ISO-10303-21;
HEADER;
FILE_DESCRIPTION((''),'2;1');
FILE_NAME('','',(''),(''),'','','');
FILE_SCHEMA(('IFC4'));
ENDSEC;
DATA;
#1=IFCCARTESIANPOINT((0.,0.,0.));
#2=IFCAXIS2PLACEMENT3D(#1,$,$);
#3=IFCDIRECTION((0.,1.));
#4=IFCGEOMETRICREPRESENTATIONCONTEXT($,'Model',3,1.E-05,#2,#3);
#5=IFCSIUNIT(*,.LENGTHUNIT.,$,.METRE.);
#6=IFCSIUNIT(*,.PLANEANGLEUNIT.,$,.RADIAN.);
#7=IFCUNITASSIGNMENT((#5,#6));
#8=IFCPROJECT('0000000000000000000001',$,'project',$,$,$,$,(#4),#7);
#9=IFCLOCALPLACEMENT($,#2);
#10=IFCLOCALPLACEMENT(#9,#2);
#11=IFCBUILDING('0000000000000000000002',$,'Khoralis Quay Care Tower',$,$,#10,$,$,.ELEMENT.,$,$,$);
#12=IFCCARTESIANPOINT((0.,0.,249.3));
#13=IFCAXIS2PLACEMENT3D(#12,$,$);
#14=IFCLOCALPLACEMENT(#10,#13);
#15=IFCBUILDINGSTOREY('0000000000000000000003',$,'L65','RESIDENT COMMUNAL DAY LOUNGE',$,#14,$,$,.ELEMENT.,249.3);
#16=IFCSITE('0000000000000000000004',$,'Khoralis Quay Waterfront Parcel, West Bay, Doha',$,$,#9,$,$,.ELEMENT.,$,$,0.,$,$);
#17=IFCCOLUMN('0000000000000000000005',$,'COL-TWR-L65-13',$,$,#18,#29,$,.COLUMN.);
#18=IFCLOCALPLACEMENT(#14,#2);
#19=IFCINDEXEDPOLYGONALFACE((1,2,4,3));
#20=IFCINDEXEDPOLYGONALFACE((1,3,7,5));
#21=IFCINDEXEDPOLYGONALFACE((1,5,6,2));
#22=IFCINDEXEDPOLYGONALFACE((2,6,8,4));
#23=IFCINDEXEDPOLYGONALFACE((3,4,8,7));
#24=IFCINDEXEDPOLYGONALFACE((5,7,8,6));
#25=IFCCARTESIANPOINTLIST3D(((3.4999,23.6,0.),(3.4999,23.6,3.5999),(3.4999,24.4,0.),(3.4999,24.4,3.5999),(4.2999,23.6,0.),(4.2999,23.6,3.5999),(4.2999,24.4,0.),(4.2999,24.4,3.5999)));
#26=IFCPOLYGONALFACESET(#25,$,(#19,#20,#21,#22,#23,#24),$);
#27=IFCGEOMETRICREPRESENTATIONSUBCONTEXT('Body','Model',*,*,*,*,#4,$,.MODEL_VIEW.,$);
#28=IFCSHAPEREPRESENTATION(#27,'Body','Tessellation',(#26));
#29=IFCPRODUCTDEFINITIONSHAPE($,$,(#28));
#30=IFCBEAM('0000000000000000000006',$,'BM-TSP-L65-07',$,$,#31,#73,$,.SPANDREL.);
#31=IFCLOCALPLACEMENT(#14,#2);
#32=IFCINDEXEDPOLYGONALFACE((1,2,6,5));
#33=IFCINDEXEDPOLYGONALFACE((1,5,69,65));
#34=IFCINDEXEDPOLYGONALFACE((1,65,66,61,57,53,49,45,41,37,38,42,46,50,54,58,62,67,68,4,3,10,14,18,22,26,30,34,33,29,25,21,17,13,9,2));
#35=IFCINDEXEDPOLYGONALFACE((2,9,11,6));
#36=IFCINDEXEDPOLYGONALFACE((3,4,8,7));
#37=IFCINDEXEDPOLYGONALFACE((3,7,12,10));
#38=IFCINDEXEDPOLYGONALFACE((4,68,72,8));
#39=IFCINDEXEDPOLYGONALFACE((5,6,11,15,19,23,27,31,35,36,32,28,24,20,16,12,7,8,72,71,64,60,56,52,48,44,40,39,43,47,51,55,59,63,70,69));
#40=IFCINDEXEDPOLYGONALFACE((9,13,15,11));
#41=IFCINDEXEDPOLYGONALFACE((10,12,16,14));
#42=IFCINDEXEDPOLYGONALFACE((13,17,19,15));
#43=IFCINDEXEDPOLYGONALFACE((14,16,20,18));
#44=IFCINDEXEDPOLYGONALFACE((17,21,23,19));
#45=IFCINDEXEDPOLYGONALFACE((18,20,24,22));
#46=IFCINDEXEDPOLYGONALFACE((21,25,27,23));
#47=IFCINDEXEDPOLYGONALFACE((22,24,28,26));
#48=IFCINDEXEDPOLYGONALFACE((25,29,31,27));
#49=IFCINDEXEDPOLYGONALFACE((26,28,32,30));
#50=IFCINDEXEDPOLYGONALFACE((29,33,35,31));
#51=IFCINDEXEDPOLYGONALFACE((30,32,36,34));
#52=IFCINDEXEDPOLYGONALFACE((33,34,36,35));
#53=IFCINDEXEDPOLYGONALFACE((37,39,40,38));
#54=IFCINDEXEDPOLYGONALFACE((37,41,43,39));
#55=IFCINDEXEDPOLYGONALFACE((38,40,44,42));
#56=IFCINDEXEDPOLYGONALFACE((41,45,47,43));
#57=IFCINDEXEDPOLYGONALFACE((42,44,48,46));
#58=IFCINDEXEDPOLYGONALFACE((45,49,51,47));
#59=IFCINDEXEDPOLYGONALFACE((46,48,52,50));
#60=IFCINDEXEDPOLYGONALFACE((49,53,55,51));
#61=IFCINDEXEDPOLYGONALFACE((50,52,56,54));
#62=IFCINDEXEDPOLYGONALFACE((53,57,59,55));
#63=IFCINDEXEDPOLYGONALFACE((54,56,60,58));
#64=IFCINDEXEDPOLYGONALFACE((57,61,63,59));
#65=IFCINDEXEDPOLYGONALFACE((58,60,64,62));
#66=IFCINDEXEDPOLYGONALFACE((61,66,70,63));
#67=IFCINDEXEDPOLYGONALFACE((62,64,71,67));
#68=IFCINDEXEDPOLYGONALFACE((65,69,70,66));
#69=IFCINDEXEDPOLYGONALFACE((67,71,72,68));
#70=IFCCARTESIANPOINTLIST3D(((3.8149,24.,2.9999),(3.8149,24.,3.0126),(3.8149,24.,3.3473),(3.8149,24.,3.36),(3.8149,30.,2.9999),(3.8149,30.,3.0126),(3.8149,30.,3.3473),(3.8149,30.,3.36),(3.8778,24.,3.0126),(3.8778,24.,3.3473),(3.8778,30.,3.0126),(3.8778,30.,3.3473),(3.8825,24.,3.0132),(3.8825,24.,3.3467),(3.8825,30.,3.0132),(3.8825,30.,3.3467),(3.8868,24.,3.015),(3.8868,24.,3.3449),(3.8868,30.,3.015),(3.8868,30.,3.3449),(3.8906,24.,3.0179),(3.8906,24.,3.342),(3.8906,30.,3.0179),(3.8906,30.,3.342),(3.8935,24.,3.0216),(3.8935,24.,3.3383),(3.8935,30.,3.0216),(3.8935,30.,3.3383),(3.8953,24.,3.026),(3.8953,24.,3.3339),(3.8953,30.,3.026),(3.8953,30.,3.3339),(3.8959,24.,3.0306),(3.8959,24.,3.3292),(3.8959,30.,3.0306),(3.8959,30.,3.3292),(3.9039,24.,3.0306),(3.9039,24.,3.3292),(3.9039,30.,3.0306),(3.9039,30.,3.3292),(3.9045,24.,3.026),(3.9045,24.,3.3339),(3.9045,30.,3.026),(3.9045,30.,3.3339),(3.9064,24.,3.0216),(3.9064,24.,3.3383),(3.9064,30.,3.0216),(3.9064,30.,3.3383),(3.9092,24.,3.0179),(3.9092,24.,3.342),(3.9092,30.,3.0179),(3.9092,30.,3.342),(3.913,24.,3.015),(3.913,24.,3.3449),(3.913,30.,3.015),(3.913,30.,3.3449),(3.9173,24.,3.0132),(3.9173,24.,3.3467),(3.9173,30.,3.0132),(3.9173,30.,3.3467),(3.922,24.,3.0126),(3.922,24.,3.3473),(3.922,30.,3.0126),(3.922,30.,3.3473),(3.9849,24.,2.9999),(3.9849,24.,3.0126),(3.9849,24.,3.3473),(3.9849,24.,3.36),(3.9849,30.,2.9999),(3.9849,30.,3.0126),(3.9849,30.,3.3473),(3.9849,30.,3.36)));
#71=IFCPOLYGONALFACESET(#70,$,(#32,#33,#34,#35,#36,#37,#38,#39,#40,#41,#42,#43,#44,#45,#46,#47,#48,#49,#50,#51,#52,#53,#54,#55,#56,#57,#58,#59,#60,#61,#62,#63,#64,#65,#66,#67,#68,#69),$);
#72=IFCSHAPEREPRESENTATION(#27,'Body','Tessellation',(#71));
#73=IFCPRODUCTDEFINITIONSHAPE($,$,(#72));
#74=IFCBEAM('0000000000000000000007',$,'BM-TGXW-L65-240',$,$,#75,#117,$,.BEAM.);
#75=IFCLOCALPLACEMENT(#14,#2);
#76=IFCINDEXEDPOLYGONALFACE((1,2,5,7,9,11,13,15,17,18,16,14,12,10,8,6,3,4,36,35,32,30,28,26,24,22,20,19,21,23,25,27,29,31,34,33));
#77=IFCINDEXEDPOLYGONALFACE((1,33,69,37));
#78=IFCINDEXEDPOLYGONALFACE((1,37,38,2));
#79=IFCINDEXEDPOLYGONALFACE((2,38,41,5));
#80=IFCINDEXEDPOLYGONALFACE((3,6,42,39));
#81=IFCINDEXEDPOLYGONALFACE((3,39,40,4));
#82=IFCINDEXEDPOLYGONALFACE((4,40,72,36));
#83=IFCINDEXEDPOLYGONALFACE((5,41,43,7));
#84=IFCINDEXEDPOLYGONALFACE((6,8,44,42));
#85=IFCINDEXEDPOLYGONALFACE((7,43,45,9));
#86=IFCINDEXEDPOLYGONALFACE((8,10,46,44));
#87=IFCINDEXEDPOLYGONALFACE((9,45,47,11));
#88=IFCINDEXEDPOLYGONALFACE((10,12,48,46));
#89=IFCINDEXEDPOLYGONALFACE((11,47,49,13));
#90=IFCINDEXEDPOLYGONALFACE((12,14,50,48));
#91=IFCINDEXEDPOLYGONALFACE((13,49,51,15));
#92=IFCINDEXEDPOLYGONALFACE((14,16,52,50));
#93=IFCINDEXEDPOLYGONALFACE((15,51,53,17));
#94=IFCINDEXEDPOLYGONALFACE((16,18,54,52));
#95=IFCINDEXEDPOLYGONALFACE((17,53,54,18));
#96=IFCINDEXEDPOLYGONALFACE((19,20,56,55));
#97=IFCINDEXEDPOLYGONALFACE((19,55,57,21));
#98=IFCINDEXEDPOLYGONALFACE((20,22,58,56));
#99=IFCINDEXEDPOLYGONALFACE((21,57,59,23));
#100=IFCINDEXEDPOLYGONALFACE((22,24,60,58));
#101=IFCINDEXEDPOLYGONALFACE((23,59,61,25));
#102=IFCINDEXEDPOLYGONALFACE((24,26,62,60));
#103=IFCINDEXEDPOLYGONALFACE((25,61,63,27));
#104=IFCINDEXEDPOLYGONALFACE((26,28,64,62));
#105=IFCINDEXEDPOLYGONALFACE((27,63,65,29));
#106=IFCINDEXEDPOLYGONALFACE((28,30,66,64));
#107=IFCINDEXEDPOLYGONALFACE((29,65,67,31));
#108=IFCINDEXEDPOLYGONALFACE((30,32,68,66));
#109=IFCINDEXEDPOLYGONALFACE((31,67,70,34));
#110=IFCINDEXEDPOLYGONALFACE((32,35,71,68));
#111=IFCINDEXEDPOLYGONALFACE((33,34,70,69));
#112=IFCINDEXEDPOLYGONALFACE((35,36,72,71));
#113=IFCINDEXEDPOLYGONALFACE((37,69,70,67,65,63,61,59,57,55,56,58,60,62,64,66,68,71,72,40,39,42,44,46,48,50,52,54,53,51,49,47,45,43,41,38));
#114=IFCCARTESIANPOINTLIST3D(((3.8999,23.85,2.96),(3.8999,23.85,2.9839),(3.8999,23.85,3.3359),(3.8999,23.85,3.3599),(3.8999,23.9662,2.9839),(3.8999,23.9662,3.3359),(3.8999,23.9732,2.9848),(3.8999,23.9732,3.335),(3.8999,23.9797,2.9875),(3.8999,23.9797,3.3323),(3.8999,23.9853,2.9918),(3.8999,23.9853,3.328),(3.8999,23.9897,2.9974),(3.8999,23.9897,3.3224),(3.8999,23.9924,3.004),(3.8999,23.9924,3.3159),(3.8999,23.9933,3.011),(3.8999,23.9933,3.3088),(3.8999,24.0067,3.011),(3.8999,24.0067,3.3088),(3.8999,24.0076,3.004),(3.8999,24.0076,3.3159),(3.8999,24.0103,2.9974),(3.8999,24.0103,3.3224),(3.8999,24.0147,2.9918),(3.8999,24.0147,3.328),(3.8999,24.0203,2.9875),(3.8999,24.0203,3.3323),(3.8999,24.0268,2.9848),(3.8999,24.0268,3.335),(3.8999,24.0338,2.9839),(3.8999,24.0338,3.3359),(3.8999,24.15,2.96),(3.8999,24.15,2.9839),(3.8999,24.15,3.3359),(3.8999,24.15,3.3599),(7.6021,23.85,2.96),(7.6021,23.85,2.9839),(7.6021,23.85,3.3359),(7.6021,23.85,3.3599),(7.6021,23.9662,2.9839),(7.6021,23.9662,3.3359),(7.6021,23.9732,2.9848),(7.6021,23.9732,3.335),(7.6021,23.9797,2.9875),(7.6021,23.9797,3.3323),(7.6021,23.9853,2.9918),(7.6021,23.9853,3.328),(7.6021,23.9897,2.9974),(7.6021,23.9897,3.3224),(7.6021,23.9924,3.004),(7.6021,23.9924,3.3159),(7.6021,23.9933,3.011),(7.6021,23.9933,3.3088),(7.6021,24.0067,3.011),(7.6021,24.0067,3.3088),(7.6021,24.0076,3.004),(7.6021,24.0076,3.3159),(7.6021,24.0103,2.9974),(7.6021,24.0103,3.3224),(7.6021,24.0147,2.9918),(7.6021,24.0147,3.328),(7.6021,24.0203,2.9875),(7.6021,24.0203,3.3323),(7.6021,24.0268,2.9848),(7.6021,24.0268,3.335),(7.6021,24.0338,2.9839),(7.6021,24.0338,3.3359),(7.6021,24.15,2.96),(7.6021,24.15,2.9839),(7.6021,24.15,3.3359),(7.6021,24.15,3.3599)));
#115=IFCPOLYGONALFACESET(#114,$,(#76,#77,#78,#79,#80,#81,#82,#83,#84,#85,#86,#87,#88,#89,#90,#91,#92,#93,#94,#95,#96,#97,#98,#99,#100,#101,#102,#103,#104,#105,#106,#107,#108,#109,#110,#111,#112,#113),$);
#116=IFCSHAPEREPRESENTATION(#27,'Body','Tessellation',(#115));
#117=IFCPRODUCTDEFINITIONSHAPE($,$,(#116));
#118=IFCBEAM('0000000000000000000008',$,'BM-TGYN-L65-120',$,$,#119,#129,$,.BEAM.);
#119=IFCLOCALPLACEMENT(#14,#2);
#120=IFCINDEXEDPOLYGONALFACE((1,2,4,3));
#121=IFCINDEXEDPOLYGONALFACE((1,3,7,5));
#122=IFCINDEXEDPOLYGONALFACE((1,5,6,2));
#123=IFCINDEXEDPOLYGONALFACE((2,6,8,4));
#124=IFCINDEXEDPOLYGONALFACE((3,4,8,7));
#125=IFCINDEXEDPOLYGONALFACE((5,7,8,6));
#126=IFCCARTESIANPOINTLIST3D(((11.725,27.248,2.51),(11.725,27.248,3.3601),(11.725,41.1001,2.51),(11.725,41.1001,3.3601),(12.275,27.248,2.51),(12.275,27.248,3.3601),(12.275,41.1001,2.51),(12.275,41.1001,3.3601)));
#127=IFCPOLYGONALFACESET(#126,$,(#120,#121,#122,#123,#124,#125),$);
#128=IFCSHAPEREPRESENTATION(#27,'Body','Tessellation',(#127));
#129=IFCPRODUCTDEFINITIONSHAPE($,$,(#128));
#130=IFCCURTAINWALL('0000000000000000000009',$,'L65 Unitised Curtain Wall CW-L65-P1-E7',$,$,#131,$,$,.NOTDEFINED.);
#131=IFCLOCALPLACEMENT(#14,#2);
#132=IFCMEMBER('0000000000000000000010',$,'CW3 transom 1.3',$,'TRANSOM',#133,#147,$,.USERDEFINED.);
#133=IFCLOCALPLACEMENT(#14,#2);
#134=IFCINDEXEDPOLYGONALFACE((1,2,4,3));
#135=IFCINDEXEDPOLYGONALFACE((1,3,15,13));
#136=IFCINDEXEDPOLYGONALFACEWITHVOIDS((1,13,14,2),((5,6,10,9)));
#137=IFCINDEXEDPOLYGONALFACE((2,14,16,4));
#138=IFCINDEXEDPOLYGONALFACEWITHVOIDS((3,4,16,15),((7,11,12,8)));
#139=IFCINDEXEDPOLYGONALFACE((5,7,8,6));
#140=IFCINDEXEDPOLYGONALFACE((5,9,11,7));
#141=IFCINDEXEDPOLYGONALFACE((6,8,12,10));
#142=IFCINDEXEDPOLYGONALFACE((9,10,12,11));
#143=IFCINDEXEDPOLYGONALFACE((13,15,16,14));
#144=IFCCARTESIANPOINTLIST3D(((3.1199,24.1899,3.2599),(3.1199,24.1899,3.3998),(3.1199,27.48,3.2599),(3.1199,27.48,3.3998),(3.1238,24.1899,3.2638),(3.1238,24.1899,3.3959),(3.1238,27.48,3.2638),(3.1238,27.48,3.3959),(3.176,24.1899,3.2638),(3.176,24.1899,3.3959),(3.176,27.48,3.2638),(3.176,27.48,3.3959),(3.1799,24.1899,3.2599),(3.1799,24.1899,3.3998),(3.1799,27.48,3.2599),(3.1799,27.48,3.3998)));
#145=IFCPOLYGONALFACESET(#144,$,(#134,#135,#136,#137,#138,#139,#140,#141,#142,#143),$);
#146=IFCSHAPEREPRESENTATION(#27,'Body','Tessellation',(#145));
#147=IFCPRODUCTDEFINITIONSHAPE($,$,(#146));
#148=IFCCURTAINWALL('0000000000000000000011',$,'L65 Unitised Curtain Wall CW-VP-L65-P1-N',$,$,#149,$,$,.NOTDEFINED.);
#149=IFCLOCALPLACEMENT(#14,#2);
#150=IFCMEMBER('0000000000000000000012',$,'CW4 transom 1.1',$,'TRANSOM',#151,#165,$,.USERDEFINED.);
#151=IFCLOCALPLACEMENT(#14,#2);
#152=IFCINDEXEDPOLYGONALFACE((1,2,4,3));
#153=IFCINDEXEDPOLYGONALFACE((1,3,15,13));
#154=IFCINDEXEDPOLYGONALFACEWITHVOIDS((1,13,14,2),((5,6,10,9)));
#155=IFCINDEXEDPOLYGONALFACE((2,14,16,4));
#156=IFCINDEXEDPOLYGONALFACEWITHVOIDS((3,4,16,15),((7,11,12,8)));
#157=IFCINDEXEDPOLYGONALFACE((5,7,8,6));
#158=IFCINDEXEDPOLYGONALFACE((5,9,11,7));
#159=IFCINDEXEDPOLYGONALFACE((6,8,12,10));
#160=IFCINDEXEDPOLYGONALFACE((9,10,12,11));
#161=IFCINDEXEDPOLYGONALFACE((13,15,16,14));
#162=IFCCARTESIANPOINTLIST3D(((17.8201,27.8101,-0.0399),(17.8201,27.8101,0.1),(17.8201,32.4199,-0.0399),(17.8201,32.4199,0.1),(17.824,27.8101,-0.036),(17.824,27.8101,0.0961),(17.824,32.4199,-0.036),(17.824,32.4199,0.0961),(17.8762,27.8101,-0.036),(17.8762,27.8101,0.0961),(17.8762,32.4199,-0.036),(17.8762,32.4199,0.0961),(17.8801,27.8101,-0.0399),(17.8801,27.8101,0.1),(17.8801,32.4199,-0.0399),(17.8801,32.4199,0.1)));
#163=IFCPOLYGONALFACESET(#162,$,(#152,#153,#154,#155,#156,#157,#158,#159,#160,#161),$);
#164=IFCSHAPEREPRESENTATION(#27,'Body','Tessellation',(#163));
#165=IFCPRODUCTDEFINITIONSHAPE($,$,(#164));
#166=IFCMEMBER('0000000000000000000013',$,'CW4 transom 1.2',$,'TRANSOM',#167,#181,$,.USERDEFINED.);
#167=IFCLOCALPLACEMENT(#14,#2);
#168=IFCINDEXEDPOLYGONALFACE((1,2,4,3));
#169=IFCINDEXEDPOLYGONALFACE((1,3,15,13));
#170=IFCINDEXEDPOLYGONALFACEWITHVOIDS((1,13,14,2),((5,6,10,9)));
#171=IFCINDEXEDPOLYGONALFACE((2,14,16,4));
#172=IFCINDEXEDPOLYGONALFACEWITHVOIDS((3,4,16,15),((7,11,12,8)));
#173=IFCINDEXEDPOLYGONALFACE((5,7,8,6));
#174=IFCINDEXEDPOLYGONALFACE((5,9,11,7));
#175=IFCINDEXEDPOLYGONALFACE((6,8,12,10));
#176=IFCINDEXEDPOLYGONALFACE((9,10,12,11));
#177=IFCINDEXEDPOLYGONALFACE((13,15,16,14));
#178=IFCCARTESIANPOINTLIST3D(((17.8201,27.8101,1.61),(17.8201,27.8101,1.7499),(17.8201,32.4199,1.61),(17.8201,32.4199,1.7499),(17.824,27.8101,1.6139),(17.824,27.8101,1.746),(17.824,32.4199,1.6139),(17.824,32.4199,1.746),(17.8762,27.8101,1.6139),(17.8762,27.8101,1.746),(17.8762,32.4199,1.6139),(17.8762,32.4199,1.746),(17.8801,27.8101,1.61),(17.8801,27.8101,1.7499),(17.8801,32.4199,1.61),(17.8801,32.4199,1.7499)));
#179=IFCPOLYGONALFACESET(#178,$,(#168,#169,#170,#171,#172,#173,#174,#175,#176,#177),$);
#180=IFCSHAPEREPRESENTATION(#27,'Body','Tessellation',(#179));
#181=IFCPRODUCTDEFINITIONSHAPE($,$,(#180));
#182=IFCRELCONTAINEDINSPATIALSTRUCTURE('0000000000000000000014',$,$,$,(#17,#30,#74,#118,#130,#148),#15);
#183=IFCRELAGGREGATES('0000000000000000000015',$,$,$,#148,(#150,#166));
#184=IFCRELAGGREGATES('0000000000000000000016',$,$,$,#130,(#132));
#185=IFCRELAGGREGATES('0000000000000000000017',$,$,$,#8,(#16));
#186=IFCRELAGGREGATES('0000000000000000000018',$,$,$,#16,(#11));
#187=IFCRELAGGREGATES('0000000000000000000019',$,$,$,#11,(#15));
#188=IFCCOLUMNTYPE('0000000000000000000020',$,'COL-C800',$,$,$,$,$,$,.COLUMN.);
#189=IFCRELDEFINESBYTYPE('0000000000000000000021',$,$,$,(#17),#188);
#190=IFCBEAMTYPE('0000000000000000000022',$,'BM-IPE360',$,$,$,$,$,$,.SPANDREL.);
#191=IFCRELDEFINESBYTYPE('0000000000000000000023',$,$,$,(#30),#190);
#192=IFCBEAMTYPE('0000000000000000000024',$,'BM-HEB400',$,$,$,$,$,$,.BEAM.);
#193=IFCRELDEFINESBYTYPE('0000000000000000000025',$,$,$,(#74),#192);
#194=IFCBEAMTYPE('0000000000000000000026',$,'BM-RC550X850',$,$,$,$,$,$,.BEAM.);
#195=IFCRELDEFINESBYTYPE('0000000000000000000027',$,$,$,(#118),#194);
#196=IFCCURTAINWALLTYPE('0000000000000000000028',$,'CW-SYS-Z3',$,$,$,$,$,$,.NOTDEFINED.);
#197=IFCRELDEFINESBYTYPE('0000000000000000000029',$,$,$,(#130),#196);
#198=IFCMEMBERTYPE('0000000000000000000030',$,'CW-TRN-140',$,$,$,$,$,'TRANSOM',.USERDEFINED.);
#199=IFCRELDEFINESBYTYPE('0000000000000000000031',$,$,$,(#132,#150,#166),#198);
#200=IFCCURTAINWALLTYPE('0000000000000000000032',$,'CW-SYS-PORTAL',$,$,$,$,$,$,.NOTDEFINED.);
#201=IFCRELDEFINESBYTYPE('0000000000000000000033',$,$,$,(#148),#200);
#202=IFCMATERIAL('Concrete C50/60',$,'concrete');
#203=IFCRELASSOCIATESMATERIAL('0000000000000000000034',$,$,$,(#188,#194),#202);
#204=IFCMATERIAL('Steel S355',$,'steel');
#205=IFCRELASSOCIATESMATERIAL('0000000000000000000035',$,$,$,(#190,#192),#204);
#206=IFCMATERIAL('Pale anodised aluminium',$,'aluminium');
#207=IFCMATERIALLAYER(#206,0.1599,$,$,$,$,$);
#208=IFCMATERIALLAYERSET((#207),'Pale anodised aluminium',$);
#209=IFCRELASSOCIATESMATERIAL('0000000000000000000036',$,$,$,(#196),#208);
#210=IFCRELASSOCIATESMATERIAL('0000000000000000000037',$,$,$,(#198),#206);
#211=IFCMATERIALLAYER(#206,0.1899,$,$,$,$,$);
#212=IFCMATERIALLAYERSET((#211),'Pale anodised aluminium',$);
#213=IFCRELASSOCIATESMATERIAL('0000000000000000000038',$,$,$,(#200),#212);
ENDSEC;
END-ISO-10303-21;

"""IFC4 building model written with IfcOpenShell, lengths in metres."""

from ifc_helpers import new_model, si_unit, direction, frame, origin, origin_2d, place, context, subcontext, project, spatial, rectangle, hollow_rectangle, i_section, extrude, source, transform, mapped, material, layer, layer_set, material_profile, profile_set, type_object, element, aggregate, save


model = new_model("IFC4")

# Units and contexts
model_context = context("Model", 3, precision=1e-05, world=origin(), true_north=direction((0.0, 1.0)))
body_context = subcontext(model_context, "Body", "Model", "MODEL_VIEW")
ifc_project = project(units=[si_unit("LENGTHUNIT", "METRE"), si_unit("PLANEANGLEUNIT", "RADIAN")], contexts=[model_context])

# Site, building, storey
site_placement = place(None, origin())
site = spatial("IfcSite", under=ifc_project, at=site_placement, Name="Khoralis Quay Waterfront Parcel, West Bay, Doha", CompositionType="ELEMENT", RefElevation=0.0)
building_placement = place(site_placement, origin())
building = spatial("IfcBuilding", under=site, at=building_placement, Name="Khoralis Quay Care Tower", CompositionType="ELEMENT")
storey_placement = place(building_placement, frame((0.0, 0.0, 249.3)))
storey = spatial("IfcBuildingStorey", under=building, at=storey_placement, Name="L65", Description="RESIDENT COMMUNAL DAY LOUNGE", CompositionType="ELEMENT", Elevation=249.3)

# Column
ifc_material_1 = material(Name="Concrete C50/60", Category="concrete")
ifc_material_profile_1 = material_profile(ifc_material_1, rectangle(XDim=0.8, YDim=0.8, at=origin_2d()), Name="Concrete C50/60")
ifc_profile_set_1 = profile_set([ifc_material_profile_1], Name="Concrete C50/60")
column_type = type_object("IfcColumnType", Name="COL-C800", PredefinedType="COLUMN", material=ifc_profile_set_1)
shared_shape_1 = source(origin(), body_context, "Body", "SweptSolid", [
    extrude(rectangle(XDim=0.8, YDim=0.8, at=origin_2d()), origin(), (0.0, 0.0, 1.0), 3.5999),
])
column_placement = place(storey_placement, frame((3.8999, 24.0, 0.0), z_axis=(0.0, 0.0, 1.0), x_axis=(1.0, 0.0, 0.0)))
element("IfcColumn", 1, at=column_placement, inside=storey, type_object=column_type, Name="COL-TWR-L65-13", PredefinedType="COLUMN", context=body_context, shape_type="MappedRepresentation", body=[
    mapped(shared_shape_1, transform((0.0, 0.0, 0.0), scale=1.0)),
])

# Beams
ifc_material_2 = material(Name="Steel S355", Category="steel")
ifc_material_profile_2 = material_profile(ifc_material_2, i_section(OverallWidth=0.1699, OverallDepth=0.3601, WebThickness=0.0081, FlangeThickness=0.0127, FilletRadius=0.0181, at=origin_2d()), Name="Steel S355")
ifc_profile_set_2 = profile_set([ifc_material_profile_2], Name="Steel S355")
beam_type_1 = type_object("IfcBeamType", Name="BM-IPE360", PredefinedType="SPANDREL", material=ifc_profile_set_2)
shared_shape_2 = source(origin(), body_context, "Body", "SweptSolid", [
    extrude(i_section(OverallWidth=0.1699, OverallDepth=0.3601, WebThickness=0.0081, FlangeThickness=0.0127, FilletRadius=0.0181, at=origin_2d()), origin(), (0.0, 0.0, 1.0), 6.0),
])
beam_1_placement = place(storey_placement, frame((3.8999, 24.0, 3.1799), z_axis=(0.0, 1.0, 0.0), x_axis=(-1.0, 0.0, 0.0)))
element("IfcBeam", 2, at=beam_1_placement, inside=storey, type_object=beam_type_1, Name="BM-TSP-L65-07", PredefinedType="SPANDREL", context=body_context, shape_type="MappedRepresentation", body=[
    mapped(shared_shape_2, transform((0.0, 0.0, 0.0), scale=1.0)),
])
ifc_material_profile_3 = material_profile(ifc_material_2, i_section(OverallWidth=0.3, OverallDepth=0.3999, WebThickness=0.0134, FlangeThickness=0.0239, FilletRadius=0.0271, at=origin_2d()), Name="Steel S355")
ifc_profile_set_3 = profile_set([ifc_material_profile_3], Name="Steel S355")
beam_type_2 = type_object("IfcBeamType", Name="BM-HEB400", PredefinedType="BEAM", material=ifc_profile_set_3)
shared_shape_3 = source(origin(), body_context, "Body", "SweptSolid", [
    extrude(i_section(OverallWidth=0.3, OverallDepth=0.3999, WebThickness=0.0134, FlangeThickness=0.0239, FilletRadius=0.0271, at=origin_2d()), origin(), (0.0, 0.0, 1.0), 3.7021),
])
beam_2_placement = place(storey_placement, frame((3.8999, 24.0, 3.1599), z_axis=(1.0, 0.0, 0.0), x_axis=(0.0, 1.0, 0.0)))
element("IfcBeam", 3, at=beam_2_placement, inside=storey, type_object=beam_type_2, Name="BM-TGXW-L65-240", PredefinedType="BEAM", context=body_context, shape_type="MappedRepresentation", body=[
    mapped(shared_shape_3, transform((0.0, 0.0, 0.0), scale=1.0)),
])
ifc_material_profile_4 = material_profile(ifc_material_1, rectangle(XDim=0.55, YDim=0.8501, at=origin_2d()), Name="Concrete C50/60")
ifc_profile_set_4 = profile_set([ifc_material_profile_4], Name="Concrete C50/60")
beam_type_3 = type_object("IfcBeamType", Name="BM-RC550X850", PredefinedType="BEAM", material=ifc_profile_set_4)
shared_shape_4 = source(origin(), body_context, "Body", "SweptSolid", [
    extrude(rectangle(XDim=0.55, YDim=0.8501, at=origin_2d()), origin(), (0.0, 0.0, 1.0), 13.8521),
])
beam_3_placement = place(storey_placement, frame((12.0, 27.248, 2.9351), z_axis=(0.0, 1.0, 0.0), x_axis=(-1.0, 0.0, 0.0)))
element("IfcBeam", 4, at=beam_3_placement, inside=storey, type_object=beam_type_3, Name="BM-TGYN-L65-120", PredefinedType="BEAM", context=body_context, shape_type="MappedRepresentation", body=[
    mapped(shared_shape_4, transform((0.0, 0.0, 0.0), scale=1.0)),
])

# Curtain wall, member
ifc_material_3 = material(Name="Pale anodised aluminium", Category="aluminium")
ifc_layer_1 = layer(ifc_material_3, 0.1599)
ifc_layer_set_1 = layer_set([ifc_layer_1], Name="Pale anodised aluminium")
curtain_wall_type_1 = type_object("IfcCurtainWallType", Name="CW-SYS-Z3", PredefinedType="NOTDEFINED", material=ifc_layer_set_1)
curtain_wall_1_placement = place(storey_placement, origin())
curtain_wall_1 = element("IfcCurtainWall", 5, at=curtain_wall_1_placement, inside=storey, type_object=curtain_wall_type_1, Name="L65 Unitised Curtain Wall CW-L65-P1-E7", PredefinedType="NOTDEFINED")
ifc_material_profile_5 = material_profile(ifc_material_3, hollow_rectangle(XDim=0.0601, YDim=0.1399, WallThickness=0.0039, at=origin_2d()), Name="Pale anodised aluminium")
ifc_profile_set_5 = profile_set([ifc_material_profile_5], Name="Pale anodised aluminium")
member_type_1 = type_object("IfcMemberType", Name="CW-TRN-140", ElementType="TRANSOM", PredefinedType="USERDEFINED", material=ifc_profile_set_5)
shared_shape_5 = source(origin(), body_context, "Body", "SweptSolid", [
    extrude(hollow_rectangle(XDim=0.0601, YDim=0.1399, WallThickness=0.0039, at=origin_2d()), origin(), (0.0, 0.0, 1.0), 3.29),
])
member_1_placement = place(storey_placement, frame((3.1499, 27.48, 3.3298), z_axis=(0.0, -1.0, 0.0), x_axis=(1.0, 0.0, 0.0)))
member_1 = element("IfcMember", 6, at=member_1_placement, type_object=member_type_1, Name="CW3 transom 1.3", ObjectType="TRANSOM", PredefinedType="USERDEFINED", context=body_context, shape_type="MappedRepresentation", body=[
    mapped(shared_shape_5, transform((0.0, 0.0, 0.0), scale=1.0)),
])

# Curtain wall, members
ifc_layer_2 = layer(ifc_material_3, 0.1899)
ifc_layer_set_2 = layer_set([ifc_layer_2], Name="Pale anodised aluminium")
curtain_wall_type_2 = type_object("IfcCurtainWallType", Name="CW-SYS-PORTAL", PredefinedType="NOTDEFINED", material=ifc_layer_set_2)
curtain_wall_2_placement = place(storey_placement, origin())
curtain_wall_2 = element("IfcCurtainWall", 7, at=curtain_wall_2_placement, inside=storey, type_object=curtain_wall_type_2, Name="L65 Unitised Curtain Wall CW-VP-L65-P1-N", PredefinedType="NOTDEFINED")
shared_shape_6 = source(origin(), body_context, "Body", "SweptSolid", [
    extrude(hollow_rectangle(XDim=0.0601, YDim=0.1399, WallThickness=0.0039, at=origin_2d()), origin(), (0.0, 0.0, 1.0), 4.6099),
])
member_2_placement = place(storey_placement, frame((17.8501, 27.8101, 0.03), z_axis=(0.0, 1.0, 0.0), x_axis=(-1.0, 0.0, 0.0)))
member_2 = element("IfcMember", 8, at=member_2_placement, type_object=member_type_1, Name="CW4 transom 1.1", ObjectType="TRANSOM", PredefinedType="USERDEFINED", context=body_context, shape_type="MappedRepresentation", body=[
    mapped(shared_shape_6, transform((0.0, 0.0, 0.0), scale=1.0)),
])
member_3_placement = place(storey_placement, frame((17.8501, 27.8101, 1.6799), z_axis=(0.0, 1.0, 0.0), x_axis=(-1.0, 0.0, 0.0)))
member_3 = element("IfcMember", 9, at=member_3_placement, type_object=member_type_1, Name="CW4 transom 1.2", ObjectType="TRANSOM", PredefinedType="USERDEFINED", context=body_context, shape_type="MappedRepresentation", body=[
    mapped(shared_shape_6, transform((0.0, 0.0, 0.0), scale=1.0)),
])
aggregate(curtain_wall_2, [member_2, member_3])

aggregate(curtain_wall_1, [member_1])

save(model, "model.ifc")
